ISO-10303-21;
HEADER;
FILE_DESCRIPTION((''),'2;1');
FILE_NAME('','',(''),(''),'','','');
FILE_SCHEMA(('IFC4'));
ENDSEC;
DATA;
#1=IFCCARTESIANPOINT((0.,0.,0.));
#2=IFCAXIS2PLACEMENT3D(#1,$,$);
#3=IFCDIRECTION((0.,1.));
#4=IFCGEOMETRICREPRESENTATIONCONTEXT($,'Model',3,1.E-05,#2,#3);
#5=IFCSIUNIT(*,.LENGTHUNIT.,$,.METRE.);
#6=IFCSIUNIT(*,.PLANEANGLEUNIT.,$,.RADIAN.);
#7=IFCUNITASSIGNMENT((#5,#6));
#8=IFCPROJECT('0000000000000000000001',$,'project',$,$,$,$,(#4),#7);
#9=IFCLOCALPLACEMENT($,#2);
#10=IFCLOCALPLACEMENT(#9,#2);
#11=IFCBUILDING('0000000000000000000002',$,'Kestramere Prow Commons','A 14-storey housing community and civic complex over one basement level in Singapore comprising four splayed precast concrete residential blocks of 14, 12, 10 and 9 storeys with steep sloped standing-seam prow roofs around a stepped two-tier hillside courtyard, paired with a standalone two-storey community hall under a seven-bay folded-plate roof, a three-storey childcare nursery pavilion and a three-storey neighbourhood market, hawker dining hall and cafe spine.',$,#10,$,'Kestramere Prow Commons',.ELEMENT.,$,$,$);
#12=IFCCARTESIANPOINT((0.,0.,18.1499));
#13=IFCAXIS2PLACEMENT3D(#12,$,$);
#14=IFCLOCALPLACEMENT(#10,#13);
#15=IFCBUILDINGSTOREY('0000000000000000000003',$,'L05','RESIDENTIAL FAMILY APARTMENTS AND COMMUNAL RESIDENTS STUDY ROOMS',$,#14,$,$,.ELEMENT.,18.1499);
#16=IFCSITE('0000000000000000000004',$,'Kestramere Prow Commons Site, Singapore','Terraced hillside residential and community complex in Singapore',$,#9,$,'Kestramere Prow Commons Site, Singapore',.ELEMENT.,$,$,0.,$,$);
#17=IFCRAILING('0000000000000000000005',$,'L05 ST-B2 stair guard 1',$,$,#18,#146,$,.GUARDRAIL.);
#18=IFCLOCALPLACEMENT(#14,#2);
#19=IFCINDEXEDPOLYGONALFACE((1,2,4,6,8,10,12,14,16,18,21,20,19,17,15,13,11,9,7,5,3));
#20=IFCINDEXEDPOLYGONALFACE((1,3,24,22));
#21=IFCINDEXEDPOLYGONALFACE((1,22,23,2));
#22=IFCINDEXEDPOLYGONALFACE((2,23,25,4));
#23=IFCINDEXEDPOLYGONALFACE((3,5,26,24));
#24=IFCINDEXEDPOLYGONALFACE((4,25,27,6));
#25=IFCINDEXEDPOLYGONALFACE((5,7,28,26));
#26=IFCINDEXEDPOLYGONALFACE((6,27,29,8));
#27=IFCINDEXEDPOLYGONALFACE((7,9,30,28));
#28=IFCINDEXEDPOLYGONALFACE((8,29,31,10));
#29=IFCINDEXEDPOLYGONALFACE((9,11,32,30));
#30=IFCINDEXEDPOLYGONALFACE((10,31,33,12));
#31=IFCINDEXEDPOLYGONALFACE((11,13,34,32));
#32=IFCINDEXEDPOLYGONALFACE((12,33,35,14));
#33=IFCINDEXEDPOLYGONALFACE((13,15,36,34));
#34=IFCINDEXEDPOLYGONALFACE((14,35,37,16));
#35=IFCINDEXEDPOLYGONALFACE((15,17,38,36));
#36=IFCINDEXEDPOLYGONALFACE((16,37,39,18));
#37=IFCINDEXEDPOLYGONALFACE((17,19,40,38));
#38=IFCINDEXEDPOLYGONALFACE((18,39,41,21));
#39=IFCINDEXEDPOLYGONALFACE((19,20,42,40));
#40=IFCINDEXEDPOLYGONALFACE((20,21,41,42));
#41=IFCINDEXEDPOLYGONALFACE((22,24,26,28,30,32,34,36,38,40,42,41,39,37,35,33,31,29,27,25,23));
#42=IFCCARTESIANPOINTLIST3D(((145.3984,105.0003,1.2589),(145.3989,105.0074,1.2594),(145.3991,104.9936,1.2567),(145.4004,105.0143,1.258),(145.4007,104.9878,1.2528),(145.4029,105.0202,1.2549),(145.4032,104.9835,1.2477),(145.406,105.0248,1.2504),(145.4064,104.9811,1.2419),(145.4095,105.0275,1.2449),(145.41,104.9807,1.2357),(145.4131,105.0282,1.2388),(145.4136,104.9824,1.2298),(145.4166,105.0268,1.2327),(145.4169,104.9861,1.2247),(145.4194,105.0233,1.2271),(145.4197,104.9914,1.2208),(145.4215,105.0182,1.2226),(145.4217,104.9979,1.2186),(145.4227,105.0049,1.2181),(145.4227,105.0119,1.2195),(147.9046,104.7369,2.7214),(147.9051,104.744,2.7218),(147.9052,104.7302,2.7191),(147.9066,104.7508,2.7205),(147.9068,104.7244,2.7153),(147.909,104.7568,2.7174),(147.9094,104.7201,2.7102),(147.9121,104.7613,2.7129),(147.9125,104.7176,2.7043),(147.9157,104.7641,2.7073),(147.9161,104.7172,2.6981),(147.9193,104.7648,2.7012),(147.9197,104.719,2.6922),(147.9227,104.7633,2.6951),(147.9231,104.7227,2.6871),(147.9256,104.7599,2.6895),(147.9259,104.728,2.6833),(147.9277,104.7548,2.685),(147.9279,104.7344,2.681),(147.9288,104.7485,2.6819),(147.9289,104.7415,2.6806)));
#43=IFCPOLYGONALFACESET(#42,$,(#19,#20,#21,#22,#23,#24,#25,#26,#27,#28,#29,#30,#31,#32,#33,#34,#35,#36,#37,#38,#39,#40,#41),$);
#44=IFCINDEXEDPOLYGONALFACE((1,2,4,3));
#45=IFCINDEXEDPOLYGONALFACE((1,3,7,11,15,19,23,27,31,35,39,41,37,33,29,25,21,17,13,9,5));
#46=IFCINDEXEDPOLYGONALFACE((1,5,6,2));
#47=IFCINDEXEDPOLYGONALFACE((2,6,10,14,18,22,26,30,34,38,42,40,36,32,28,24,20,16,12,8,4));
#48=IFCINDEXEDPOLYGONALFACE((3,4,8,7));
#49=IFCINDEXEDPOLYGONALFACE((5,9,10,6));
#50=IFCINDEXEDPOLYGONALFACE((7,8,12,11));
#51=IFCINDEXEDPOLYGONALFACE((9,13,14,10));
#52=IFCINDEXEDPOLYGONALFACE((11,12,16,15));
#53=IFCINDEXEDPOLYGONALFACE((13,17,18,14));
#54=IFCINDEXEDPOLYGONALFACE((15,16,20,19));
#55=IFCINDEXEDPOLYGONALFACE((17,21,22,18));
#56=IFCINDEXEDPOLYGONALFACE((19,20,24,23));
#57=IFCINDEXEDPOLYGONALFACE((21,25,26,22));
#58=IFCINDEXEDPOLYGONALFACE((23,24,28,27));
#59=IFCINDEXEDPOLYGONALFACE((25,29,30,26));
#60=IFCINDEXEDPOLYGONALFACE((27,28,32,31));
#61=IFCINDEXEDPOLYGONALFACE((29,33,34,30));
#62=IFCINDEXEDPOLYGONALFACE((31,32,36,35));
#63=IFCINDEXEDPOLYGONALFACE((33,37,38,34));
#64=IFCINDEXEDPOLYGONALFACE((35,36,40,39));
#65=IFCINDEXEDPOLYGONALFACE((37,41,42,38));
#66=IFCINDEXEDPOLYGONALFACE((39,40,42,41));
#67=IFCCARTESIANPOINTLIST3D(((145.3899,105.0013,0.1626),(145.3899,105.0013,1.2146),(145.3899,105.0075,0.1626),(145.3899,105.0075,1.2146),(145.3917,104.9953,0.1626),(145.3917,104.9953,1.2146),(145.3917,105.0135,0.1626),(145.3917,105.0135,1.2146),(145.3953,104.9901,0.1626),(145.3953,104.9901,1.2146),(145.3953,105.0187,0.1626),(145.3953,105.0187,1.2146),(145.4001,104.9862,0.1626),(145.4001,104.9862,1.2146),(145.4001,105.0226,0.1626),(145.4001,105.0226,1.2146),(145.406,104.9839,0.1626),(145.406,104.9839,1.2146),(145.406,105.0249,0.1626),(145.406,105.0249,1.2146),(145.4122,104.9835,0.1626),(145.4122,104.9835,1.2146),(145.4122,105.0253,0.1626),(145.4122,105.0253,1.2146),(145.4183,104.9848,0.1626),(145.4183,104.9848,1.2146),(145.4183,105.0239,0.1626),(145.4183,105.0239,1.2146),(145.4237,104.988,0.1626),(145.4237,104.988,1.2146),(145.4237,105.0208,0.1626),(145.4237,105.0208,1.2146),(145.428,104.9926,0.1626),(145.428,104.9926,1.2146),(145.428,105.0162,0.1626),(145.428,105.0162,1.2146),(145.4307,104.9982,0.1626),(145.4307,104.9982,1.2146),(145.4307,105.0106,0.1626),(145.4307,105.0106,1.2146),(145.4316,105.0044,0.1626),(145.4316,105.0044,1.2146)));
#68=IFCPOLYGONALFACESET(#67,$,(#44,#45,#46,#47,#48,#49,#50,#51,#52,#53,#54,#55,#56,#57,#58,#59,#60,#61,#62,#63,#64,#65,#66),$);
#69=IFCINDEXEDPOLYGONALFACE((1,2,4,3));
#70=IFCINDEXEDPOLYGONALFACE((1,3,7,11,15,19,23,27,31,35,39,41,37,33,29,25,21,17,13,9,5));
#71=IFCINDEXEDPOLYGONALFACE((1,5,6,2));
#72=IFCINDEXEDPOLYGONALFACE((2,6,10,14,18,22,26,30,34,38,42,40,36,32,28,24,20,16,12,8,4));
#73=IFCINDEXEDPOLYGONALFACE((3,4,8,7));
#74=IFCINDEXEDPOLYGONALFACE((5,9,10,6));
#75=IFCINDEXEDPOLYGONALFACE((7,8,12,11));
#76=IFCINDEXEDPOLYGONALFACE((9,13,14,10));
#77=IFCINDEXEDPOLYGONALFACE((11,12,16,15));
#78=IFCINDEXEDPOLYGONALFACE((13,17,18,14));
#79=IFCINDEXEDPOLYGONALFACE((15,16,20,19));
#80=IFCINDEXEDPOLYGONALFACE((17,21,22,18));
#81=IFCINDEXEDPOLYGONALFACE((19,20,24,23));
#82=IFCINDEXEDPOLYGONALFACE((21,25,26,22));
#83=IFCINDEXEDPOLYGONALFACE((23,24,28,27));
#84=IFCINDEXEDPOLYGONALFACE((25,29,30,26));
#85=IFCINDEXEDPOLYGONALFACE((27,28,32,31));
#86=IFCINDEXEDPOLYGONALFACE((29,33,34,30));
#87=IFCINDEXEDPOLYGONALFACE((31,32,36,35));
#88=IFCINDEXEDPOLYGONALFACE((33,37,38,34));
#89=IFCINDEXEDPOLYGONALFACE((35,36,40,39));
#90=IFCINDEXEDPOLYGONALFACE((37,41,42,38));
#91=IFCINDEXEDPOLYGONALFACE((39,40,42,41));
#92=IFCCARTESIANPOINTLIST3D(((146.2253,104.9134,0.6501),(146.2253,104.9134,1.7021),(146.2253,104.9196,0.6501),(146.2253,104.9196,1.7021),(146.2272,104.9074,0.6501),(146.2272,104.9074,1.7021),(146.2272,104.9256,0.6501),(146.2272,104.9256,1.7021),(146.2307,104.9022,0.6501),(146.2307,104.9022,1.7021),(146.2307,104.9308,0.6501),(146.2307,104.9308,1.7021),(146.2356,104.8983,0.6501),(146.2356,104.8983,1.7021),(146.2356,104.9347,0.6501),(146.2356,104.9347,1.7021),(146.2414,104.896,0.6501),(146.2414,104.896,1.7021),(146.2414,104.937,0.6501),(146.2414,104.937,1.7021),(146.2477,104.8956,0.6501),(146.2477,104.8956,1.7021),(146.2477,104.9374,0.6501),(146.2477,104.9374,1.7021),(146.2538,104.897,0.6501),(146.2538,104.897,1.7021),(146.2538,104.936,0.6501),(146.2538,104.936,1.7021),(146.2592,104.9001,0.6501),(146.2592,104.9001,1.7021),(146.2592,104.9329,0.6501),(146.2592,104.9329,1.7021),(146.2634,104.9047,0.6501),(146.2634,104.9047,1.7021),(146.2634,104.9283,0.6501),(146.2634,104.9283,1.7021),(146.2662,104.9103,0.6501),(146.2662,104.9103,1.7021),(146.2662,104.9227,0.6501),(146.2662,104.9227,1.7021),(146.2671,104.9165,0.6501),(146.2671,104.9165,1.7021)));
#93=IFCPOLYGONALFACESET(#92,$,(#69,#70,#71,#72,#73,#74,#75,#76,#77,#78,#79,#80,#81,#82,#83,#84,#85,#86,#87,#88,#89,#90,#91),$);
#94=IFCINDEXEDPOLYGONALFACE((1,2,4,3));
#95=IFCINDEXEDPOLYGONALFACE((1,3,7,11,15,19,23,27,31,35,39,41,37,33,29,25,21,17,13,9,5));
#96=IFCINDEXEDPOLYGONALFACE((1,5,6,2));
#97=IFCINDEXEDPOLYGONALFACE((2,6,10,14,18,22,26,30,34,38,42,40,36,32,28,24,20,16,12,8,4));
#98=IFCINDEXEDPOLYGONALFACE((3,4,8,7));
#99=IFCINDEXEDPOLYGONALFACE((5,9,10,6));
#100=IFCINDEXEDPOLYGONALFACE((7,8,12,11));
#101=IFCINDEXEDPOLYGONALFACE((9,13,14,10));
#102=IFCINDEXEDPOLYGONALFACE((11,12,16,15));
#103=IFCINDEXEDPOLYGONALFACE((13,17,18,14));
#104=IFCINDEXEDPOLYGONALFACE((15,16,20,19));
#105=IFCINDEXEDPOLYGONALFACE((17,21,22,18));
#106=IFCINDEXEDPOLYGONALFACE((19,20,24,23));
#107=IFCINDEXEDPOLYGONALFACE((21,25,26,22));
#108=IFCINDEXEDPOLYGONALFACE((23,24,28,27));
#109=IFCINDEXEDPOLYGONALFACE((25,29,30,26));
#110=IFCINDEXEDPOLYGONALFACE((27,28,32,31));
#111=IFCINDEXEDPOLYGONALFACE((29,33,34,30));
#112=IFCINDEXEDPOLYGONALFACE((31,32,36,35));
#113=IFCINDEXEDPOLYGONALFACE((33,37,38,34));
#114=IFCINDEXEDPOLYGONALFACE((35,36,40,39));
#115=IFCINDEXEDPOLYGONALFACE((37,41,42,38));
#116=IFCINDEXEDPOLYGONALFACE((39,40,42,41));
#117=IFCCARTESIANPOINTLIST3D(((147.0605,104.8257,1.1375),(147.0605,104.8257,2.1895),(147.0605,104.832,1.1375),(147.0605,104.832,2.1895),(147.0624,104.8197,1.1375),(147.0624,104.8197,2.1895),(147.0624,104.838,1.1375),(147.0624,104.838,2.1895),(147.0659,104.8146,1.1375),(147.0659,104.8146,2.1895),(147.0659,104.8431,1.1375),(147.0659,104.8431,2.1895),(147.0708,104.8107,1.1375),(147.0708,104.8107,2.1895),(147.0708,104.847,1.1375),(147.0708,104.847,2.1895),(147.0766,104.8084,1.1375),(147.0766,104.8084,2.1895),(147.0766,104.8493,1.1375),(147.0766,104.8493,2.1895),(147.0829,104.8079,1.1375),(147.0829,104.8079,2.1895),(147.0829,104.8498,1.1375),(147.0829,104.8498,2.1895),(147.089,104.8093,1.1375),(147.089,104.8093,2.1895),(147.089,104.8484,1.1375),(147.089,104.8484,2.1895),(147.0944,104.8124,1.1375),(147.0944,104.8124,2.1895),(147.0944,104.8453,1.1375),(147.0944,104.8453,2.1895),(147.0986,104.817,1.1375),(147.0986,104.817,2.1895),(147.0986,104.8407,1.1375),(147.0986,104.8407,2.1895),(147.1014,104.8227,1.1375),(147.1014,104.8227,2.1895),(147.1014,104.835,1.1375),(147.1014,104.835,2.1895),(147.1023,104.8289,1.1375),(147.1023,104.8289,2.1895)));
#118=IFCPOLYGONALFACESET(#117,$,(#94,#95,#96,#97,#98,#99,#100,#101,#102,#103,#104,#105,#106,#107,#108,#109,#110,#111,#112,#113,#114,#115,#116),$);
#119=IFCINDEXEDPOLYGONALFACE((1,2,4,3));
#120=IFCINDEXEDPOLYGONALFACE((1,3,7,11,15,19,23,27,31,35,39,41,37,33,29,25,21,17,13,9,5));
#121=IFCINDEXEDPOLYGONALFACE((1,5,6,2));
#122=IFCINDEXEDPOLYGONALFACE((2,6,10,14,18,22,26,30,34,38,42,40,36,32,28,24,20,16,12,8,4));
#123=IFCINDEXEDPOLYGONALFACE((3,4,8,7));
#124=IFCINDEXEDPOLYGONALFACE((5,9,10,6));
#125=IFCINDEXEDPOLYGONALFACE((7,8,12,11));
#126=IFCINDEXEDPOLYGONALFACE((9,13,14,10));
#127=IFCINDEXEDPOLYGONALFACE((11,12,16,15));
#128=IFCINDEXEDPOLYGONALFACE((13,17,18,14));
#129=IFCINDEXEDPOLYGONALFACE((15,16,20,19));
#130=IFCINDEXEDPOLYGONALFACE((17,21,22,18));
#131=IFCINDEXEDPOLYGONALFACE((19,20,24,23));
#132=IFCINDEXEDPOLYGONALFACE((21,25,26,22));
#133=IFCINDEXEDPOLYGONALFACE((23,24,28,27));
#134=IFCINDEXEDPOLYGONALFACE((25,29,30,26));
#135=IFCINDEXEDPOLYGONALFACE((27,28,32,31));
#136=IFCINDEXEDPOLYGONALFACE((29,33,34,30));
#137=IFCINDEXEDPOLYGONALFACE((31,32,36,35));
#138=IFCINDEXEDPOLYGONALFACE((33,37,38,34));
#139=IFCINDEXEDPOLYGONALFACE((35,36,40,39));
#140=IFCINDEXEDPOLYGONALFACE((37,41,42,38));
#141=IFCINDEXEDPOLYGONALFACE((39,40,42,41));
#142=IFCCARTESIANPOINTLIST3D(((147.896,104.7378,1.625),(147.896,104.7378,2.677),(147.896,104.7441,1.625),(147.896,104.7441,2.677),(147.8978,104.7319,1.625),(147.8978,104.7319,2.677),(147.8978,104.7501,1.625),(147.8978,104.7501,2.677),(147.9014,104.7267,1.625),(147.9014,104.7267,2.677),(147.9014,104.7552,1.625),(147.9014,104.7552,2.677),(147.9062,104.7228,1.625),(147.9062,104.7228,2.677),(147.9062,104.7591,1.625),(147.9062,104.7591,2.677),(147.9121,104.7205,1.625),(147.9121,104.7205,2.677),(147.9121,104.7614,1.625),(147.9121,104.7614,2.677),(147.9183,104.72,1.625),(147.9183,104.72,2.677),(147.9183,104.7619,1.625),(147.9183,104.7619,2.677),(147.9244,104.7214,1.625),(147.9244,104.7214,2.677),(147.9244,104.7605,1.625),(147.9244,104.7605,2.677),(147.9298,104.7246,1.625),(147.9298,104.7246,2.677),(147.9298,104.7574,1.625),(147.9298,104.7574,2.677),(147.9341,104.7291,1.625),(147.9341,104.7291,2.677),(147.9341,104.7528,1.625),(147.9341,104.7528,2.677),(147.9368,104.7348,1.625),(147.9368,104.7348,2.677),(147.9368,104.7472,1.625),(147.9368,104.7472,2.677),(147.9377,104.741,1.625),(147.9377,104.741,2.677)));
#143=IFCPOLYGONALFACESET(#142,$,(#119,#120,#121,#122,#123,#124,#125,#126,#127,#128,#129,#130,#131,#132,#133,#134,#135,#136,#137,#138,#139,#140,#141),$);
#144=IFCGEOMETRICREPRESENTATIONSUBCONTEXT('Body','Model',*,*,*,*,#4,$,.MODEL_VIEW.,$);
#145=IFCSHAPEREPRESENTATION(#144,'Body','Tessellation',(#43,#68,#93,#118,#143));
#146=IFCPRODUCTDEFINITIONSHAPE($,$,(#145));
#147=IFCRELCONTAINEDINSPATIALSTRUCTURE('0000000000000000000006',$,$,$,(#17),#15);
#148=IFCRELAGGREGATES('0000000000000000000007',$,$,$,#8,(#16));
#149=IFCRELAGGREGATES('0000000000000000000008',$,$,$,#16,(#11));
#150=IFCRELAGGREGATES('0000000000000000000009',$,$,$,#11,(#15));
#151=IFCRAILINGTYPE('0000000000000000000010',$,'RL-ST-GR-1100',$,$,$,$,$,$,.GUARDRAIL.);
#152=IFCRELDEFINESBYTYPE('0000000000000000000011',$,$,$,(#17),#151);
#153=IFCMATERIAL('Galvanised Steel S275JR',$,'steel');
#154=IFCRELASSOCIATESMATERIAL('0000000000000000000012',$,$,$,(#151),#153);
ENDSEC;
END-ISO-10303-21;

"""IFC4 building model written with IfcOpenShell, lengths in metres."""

from ifc_helpers import new_model, si_unit, direction, frame, origin, origin_2d, place, context, subcontext, project, spatial, circle, extrude, material, type_object, element, save


model = new_model("IFC4")

# Units and contexts
model_context = context("Model", 3, precision=1e-05, world=origin(), true_north=direction((0.0, 1.0)))
body_context = subcontext(model_context, "Body", "Model", "MODEL_VIEW")
ifc_project = project(units=[si_unit("LENGTHUNIT", "METRE"), si_unit("PLANEANGLEUNIT", "RADIAN")], contexts=[model_context])

# Site, building, storey
site_placement = place(None, origin())
site = spatial("IfcSite", under=ifc_project, at=site_placement, Name="Kestramere Prow Commons Site, Singapore", Description="Terraced hillside residential and community complex in Singapore", LongName="Kestramere Prow Commons Site, Singapore", CompositionType="ELEMENT", RefElevation=0.0)
building_placement = place(site_placement, origin())
building = spatial("IfcBuilding", under=site, at=building_placement, Name="Kestramere Prow Commons", Description="A 14-storey housing community and civic complex over one basement level in Singapore comprising four splayed precast concrete residential blocks of 14, 12, 10 and 9 storeys with steep sloped standing-seam prow roofs around a stepped two-tier hillside courtyard, paired with a standalone two-storey community hall under a seven-bay folded-plate roof, a three-storey childcare nursery pavilion and a three-storey neighbourhood market, hawker dining hall and cafe spine.", LongName="Kestramere Prow Commons", CompositionType="ELEMENT")
storey_placement = place(building_placement, frame((0.0, 0.0, 18.1499)))
storey = spatial("IfcBuildingStorey", under=building, at=storey_placement, Name="L05", Description="RESIDENTIAL FAMILY APARTMENTS AND COMMUNAL RESIDENTS STUDY ROOMS", CompositionType="ELEMENT", Elevation=18.1499)

# Railing
ifc_material_1 = material(Name="Galvanised Steel S275JR", Category="steel")
railing_type_1 = type_object("IfcRailingType", Name="RL-ST-GR-1100", PredefinedType="GUARDRAIL", material=ifc_material_1)
railing_1_placement = place(storey_placement, frame((145.4106, 105.0044, 0.1626)))
element("IfcRailing", 1, at=railing_1_placement, inside=storey, type_object=railing_type_1, Name="L05 ST-B2 stair guard 1", PredefinedType="GUARDRAIL", context=body_context, shape_type="SweptSolid", body=[
    extrude(circle(Radius=0.0239, at=origin_2d()), frame((0.0, 0.0, 1.0762), z_axis=(0.860165, -0.090416, 0.501937), x_axis=(0.104539, 0.994521, 0.0)), (0.0, 0.0, 1.0), 2.9136),
    extrude(circle(Radius=0.021, at=origin_2d()), origin(), (0.0, 0.0, 1.0), 1.052),
    extrude(circle(Radius=0.021, at=origin_2d()), frame((0.8354, -0.0879, 0.4875)), (0.0, 0.0, 1.0), 1.052),
    extrude(circle(Radius=0.021, at=origin_2d()), frame((1.6707, -0.1755, 0.9749)), (0.0, 0.0, 1.0), 1.052),
    extrude(circle(Radius=0.021, at=origin_2d()), frame((2.5061, -0.2634, 1.4624)), (0.0, 0.0, 1.0), 1.052),
])

save(model, "model.ifc")
